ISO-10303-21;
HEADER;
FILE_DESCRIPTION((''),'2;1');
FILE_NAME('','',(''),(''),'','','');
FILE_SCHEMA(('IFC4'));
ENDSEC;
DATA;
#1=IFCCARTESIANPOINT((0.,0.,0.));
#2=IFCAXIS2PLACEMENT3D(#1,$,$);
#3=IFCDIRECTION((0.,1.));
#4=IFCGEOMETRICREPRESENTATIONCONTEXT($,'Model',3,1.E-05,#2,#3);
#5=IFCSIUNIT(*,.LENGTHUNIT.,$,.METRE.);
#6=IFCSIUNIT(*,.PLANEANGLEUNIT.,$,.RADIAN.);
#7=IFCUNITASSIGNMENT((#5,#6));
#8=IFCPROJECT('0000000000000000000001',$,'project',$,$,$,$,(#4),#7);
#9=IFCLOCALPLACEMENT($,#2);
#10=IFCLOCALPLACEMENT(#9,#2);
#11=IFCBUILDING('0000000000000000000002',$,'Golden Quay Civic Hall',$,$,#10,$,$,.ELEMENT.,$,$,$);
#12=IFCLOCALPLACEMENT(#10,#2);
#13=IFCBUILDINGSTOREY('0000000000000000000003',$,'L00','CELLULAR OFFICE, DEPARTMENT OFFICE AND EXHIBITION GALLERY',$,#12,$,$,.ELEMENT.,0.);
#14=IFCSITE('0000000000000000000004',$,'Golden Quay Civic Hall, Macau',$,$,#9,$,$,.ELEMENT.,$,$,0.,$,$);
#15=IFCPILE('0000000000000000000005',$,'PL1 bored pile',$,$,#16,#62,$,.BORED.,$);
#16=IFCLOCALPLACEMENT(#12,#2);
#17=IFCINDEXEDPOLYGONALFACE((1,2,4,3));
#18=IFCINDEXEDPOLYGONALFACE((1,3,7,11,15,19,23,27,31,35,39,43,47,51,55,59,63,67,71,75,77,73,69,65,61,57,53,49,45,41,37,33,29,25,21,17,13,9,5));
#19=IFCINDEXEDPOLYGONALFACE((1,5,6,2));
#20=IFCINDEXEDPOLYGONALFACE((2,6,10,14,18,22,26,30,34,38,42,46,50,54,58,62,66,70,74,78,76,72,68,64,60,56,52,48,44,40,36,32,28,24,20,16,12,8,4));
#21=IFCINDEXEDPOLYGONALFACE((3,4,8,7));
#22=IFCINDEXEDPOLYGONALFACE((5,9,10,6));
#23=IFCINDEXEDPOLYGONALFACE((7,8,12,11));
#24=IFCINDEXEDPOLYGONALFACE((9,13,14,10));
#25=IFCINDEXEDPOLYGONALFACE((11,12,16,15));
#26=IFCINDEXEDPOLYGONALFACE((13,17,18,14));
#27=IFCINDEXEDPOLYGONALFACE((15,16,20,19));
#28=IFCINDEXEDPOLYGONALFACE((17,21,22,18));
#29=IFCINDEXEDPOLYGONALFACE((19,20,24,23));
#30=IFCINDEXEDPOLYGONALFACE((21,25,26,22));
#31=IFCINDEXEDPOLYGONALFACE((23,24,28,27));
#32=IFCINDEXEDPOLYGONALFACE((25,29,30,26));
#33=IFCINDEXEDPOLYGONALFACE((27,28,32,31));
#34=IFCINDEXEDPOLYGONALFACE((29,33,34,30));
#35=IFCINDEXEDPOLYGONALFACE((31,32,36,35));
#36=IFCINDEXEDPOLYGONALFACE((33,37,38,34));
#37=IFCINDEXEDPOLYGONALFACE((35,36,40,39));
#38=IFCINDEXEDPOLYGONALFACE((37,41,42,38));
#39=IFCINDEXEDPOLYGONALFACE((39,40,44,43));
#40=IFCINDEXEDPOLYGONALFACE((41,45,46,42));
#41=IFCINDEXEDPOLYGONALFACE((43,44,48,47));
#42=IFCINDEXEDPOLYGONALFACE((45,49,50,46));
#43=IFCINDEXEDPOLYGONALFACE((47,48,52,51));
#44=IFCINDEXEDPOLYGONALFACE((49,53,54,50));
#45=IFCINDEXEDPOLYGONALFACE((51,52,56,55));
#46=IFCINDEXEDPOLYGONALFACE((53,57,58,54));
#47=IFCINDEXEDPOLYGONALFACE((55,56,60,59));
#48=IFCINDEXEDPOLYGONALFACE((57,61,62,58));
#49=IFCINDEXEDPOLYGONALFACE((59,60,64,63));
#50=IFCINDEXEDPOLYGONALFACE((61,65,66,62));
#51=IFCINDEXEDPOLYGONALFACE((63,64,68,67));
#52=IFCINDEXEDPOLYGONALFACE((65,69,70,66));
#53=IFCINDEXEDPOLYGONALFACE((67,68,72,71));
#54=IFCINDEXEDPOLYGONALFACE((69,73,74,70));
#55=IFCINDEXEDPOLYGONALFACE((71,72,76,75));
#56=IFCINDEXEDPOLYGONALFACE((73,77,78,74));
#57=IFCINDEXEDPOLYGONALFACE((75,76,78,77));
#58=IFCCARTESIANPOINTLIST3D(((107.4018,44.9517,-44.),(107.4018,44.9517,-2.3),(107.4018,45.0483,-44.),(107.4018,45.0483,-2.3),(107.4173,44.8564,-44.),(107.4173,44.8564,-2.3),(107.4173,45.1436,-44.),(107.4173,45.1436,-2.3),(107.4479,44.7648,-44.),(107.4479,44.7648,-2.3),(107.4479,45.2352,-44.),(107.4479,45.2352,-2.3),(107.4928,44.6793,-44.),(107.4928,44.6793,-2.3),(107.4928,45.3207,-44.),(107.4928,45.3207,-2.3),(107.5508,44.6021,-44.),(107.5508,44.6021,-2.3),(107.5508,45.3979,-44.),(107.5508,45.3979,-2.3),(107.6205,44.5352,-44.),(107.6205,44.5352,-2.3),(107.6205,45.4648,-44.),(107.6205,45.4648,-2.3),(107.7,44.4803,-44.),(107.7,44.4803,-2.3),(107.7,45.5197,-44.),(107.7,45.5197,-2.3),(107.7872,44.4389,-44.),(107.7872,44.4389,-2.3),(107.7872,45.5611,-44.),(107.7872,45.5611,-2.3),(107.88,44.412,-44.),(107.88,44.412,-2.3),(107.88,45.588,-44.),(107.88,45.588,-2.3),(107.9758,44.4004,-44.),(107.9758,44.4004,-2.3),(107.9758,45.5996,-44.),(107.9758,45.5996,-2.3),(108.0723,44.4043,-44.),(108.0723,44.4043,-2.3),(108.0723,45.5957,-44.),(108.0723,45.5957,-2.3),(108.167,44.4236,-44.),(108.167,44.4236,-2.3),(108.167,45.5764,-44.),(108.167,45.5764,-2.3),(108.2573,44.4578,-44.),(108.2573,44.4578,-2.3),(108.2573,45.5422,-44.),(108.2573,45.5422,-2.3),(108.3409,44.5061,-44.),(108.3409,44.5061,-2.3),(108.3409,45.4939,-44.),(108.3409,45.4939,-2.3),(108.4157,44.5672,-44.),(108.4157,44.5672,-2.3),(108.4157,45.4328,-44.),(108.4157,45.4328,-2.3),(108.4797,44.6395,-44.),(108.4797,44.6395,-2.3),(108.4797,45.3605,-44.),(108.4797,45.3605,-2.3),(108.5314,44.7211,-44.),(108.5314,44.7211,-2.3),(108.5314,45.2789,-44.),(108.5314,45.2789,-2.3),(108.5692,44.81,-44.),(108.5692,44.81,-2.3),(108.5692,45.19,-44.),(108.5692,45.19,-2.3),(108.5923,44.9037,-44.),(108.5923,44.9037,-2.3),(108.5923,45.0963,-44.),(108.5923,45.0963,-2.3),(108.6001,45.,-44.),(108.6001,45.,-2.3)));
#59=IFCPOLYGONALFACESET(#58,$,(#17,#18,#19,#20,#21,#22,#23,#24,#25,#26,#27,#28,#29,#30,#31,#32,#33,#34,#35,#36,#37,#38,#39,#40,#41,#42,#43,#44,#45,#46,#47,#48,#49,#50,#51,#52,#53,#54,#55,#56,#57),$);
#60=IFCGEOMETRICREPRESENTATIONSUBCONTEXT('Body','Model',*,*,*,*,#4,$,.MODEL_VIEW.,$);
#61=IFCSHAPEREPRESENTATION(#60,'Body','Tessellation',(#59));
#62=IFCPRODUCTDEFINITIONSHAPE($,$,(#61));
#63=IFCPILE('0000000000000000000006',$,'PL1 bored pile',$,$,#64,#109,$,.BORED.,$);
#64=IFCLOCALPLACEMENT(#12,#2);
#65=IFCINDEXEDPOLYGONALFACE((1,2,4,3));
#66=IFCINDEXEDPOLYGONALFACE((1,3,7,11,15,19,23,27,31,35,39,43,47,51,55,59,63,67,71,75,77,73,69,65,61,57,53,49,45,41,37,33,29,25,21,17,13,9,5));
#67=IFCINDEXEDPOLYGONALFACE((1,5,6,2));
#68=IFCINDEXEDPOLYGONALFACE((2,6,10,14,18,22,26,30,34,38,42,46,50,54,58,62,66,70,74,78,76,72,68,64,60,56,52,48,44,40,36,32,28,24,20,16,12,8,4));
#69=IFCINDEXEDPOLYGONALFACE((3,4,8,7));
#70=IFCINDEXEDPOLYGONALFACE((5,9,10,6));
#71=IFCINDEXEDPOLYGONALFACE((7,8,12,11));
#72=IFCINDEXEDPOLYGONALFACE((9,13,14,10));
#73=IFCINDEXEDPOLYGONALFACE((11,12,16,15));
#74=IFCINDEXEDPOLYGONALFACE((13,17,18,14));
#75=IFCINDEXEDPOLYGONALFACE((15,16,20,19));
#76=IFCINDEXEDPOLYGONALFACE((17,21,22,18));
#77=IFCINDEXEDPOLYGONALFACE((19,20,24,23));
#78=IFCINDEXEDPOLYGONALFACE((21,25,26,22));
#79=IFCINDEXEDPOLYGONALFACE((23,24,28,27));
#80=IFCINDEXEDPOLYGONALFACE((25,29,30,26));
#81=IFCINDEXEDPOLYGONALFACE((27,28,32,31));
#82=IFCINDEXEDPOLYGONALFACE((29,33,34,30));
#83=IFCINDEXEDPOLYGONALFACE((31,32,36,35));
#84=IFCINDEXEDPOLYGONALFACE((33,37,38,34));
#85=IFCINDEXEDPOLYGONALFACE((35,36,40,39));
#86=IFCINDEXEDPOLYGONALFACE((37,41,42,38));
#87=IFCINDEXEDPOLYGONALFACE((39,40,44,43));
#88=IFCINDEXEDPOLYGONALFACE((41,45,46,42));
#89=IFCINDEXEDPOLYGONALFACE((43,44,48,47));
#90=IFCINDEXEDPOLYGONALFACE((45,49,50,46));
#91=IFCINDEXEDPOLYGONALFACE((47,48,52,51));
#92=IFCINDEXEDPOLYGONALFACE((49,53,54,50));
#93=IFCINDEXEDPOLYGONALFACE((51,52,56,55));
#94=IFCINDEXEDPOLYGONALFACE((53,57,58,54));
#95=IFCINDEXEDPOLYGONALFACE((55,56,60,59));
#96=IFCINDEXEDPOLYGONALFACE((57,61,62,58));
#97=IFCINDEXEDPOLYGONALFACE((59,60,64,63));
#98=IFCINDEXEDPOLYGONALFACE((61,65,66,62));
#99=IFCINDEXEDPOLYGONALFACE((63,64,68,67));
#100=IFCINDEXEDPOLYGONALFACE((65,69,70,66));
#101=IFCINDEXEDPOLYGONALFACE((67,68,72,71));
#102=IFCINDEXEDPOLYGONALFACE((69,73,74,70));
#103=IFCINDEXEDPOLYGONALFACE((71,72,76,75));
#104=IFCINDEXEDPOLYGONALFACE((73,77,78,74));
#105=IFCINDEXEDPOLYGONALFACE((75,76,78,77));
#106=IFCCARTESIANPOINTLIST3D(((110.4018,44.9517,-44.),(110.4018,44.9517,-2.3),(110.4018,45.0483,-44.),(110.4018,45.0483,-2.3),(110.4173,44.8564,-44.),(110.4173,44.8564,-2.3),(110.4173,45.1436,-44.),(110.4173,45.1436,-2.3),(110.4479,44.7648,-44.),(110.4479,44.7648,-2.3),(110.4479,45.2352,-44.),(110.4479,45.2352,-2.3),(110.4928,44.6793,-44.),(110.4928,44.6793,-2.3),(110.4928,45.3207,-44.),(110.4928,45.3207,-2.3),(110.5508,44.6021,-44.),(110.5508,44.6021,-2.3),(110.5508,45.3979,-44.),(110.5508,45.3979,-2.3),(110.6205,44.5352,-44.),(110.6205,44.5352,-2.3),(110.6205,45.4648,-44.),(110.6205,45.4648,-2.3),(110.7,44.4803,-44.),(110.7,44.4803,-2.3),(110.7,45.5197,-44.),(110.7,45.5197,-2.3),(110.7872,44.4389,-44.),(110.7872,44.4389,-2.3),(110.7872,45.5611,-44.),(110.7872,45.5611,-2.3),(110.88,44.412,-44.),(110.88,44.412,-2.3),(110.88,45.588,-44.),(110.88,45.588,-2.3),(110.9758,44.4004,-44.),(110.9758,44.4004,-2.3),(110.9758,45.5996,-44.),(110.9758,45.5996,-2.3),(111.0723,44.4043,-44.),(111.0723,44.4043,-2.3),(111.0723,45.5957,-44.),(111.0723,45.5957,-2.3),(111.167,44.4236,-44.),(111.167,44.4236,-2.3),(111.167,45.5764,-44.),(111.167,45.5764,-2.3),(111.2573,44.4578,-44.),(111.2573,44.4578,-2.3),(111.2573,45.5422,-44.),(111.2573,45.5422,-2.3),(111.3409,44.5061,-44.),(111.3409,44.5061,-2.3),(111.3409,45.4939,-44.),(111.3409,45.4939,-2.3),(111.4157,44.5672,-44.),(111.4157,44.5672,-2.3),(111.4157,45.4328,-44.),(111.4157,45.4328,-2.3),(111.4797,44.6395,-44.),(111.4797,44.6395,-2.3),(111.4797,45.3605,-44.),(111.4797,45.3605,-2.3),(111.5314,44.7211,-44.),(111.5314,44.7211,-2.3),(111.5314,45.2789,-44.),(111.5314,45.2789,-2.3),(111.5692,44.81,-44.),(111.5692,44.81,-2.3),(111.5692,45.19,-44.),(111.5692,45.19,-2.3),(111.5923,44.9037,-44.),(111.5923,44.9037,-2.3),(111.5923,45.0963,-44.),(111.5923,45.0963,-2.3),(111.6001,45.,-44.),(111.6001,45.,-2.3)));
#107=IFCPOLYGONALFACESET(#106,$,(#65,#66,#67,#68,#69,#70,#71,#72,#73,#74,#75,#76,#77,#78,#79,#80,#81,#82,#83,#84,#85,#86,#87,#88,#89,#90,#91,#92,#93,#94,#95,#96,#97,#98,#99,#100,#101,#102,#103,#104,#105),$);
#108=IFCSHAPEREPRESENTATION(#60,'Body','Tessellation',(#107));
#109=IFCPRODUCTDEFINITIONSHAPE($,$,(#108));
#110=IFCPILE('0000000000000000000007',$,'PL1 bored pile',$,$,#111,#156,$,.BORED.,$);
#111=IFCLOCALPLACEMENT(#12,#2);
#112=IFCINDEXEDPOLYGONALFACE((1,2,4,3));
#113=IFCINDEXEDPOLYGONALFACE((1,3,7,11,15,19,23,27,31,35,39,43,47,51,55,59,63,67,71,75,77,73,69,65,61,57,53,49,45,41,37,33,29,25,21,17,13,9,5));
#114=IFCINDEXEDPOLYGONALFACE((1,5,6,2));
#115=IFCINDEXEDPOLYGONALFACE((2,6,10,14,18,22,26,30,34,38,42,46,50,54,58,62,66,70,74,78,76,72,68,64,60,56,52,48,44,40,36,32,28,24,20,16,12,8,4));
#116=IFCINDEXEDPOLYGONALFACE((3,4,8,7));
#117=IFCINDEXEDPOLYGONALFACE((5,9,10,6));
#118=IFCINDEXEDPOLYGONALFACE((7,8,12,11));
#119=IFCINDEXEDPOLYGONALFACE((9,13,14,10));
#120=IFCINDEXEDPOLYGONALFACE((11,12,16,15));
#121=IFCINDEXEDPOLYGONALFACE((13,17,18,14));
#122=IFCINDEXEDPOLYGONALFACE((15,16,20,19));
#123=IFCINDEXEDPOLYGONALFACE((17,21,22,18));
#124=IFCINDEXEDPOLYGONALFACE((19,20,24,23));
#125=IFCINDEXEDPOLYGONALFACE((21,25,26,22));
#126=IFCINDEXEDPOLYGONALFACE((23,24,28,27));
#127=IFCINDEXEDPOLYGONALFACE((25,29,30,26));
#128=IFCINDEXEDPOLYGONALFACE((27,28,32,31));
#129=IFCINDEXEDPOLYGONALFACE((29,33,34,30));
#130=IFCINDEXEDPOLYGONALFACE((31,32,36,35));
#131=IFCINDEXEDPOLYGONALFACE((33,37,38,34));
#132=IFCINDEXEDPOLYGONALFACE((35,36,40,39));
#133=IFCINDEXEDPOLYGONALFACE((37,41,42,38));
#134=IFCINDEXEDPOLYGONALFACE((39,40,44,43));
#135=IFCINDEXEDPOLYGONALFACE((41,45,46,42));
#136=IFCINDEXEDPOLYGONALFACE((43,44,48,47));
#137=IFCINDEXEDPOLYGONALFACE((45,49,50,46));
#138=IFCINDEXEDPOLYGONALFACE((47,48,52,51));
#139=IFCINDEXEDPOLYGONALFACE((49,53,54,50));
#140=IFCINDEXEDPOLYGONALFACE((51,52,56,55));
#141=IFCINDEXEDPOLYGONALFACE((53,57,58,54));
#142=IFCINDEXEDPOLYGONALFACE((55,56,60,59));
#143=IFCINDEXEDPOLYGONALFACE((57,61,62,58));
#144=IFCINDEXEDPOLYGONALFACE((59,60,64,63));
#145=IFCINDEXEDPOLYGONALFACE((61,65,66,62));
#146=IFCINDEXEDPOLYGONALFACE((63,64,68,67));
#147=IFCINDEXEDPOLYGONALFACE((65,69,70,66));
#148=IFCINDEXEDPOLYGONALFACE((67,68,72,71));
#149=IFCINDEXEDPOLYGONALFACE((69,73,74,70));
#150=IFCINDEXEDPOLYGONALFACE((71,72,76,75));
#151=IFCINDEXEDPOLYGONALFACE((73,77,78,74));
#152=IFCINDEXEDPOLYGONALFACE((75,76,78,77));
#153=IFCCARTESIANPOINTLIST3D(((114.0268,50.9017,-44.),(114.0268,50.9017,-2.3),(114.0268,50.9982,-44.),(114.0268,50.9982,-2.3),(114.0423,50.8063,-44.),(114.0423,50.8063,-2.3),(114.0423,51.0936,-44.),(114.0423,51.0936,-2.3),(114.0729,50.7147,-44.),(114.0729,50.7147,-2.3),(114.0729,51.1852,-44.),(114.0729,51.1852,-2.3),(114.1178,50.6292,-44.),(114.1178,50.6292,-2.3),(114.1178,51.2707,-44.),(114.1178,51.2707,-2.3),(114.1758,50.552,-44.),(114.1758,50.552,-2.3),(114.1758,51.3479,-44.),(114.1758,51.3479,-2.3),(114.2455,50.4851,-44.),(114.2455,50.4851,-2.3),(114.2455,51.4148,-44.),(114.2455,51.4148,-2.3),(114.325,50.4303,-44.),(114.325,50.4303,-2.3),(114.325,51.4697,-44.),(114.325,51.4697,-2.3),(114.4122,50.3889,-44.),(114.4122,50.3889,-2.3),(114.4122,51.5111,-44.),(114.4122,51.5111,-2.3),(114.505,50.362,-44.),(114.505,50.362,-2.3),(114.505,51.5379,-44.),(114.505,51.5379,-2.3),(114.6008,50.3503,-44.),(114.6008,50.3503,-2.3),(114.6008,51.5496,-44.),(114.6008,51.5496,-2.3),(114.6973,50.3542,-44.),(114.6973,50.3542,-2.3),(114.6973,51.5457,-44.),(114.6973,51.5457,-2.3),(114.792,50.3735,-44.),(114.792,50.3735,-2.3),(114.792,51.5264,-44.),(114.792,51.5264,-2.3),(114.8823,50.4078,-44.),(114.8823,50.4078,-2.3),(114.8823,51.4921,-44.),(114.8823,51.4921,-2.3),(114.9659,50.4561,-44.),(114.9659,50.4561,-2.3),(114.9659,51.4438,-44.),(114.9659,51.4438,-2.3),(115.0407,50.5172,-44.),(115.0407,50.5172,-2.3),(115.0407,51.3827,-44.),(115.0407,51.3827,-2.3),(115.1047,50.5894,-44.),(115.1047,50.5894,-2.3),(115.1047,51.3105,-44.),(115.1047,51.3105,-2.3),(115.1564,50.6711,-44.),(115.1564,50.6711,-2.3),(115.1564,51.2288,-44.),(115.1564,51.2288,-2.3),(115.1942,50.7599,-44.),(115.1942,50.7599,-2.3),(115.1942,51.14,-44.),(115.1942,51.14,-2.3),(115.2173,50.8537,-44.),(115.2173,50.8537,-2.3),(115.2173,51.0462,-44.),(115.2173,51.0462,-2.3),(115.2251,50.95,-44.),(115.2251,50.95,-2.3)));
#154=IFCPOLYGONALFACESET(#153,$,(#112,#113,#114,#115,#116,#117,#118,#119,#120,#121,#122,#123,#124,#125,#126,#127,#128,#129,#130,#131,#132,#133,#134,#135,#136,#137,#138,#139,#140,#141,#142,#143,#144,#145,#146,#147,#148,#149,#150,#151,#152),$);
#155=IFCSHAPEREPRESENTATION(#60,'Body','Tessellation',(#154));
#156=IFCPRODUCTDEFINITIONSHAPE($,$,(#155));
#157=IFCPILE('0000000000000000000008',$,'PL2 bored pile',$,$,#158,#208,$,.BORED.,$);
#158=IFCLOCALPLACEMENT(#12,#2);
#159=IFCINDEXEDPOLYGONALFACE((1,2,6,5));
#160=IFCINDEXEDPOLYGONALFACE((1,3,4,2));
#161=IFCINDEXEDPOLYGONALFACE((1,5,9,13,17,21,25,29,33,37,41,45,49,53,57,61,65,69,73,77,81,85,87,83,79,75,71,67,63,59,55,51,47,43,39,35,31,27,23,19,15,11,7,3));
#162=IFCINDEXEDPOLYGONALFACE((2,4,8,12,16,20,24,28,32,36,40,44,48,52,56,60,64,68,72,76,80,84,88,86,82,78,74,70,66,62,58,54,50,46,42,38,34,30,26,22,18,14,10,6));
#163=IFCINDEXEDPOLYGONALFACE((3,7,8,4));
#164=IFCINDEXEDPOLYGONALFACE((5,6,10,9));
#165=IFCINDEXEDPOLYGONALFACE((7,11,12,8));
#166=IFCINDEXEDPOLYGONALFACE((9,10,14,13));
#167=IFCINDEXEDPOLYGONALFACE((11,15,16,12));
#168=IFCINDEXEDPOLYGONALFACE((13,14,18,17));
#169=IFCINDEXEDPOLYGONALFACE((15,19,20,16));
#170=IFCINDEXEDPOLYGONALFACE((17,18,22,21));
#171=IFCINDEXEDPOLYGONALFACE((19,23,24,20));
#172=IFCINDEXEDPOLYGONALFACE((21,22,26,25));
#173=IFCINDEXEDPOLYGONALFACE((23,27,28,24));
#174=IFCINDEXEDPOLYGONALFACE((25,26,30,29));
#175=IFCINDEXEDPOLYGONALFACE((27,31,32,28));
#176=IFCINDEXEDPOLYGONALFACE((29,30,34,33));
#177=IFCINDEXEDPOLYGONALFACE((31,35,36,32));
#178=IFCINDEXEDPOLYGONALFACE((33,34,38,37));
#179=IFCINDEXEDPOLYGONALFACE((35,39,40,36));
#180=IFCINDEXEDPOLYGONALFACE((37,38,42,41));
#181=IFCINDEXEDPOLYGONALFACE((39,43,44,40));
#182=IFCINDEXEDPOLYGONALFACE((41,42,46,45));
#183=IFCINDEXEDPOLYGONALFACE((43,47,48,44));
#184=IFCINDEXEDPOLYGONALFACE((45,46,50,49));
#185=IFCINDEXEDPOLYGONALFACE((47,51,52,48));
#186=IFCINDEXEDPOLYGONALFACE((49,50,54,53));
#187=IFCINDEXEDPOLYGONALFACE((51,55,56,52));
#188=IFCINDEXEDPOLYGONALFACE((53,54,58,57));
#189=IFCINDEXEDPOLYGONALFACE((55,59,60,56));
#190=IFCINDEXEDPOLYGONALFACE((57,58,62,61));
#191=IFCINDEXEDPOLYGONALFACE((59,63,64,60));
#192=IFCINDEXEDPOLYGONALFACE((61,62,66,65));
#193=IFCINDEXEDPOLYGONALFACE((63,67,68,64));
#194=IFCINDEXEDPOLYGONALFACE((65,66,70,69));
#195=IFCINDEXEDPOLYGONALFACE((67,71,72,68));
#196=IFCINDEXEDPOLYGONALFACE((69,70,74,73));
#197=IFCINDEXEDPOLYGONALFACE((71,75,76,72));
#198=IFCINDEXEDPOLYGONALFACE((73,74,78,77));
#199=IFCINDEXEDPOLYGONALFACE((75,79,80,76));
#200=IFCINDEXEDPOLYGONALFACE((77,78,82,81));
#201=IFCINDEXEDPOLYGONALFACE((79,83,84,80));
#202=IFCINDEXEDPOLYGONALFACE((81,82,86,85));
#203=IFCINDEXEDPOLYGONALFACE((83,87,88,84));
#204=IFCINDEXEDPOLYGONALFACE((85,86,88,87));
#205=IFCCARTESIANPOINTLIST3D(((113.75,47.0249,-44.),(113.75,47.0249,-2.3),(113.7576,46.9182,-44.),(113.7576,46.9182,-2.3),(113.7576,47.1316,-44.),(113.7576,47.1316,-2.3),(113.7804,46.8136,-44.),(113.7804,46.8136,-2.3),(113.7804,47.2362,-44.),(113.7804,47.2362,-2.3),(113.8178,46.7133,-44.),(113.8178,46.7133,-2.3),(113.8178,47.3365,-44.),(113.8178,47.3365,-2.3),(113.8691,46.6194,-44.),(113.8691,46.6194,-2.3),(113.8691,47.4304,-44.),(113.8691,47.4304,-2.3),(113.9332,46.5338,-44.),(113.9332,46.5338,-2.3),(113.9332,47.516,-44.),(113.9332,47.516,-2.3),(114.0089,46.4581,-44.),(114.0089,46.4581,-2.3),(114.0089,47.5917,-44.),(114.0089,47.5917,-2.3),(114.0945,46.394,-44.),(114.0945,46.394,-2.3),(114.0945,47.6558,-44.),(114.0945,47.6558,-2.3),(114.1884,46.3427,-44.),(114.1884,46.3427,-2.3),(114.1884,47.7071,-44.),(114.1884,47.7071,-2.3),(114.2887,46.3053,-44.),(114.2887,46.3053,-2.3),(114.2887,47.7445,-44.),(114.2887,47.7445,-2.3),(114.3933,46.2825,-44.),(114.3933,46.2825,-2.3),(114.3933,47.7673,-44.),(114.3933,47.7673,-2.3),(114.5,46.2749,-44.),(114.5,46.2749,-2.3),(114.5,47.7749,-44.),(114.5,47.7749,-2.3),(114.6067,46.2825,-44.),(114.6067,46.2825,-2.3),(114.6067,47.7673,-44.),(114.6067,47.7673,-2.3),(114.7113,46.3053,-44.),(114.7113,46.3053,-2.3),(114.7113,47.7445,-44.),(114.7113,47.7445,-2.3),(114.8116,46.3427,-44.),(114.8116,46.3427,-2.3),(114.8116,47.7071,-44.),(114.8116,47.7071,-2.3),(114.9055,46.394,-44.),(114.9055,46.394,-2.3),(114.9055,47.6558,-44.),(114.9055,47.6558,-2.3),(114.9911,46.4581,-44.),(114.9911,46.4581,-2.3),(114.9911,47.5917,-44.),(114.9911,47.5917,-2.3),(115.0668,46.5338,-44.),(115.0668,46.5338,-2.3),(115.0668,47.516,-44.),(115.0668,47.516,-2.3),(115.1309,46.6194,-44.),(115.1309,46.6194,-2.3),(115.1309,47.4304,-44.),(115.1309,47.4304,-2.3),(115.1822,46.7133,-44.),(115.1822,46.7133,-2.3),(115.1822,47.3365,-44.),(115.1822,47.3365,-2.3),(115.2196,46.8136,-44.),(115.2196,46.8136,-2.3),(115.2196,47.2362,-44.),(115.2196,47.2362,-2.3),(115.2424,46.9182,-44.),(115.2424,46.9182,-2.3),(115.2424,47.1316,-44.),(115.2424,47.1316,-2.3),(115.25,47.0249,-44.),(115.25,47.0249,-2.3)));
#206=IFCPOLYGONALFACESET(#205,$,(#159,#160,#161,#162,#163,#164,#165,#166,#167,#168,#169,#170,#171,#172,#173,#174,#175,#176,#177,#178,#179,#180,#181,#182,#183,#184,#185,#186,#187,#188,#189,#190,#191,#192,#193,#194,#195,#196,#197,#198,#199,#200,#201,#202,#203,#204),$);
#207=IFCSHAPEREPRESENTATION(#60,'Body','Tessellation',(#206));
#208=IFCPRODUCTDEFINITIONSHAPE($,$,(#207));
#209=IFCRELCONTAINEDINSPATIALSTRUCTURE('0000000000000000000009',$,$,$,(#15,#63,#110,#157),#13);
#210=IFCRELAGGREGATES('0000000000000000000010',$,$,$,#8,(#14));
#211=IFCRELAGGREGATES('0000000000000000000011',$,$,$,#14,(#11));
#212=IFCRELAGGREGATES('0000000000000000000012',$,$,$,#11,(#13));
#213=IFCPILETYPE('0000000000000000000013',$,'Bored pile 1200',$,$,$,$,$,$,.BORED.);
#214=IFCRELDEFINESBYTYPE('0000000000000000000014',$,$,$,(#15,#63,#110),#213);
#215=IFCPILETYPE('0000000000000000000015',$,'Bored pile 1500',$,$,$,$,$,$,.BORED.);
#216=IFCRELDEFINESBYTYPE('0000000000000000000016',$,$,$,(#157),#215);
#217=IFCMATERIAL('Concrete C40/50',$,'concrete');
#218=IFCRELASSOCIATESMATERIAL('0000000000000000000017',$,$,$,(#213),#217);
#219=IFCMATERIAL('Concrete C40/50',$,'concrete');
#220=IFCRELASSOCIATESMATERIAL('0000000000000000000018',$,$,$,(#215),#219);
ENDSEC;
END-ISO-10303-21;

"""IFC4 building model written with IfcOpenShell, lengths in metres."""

from ifc_helpers import new_model, si_unit, direction, frame, origin, origin_2d, place, context, subcontext, project, spatial, circle, extrude, material, material_profile, profile_set, type_object, element, save


model = new_model("IFC4")

# Units and contexts
model_context = context("Model", 3, precision=1e-05, world=origin(), true_north=direction((0.0, 1.0)))
body_context = subcontext(model_context, "Body", "Model", "MODEL_VIEW")
ifc_project = project(units=[si_unit("LENGTHUNIT", "METRE"), si_unit("PLANEANGLEUNIT", "RADIAN")], contexts=[model_context])

# Site, building, storey
site_placement = place(None, origin())
site = spatial("IfcSite", under=ifc_project, at=site_placement, Name="Golden Quay Civic Hall, Macau", CompositionType="ELEMENT", RefElevation=0.0)
building_placement = place(site_placement, origin())
building = spatial("IfcBuilding", under=site, at=building_placement, Name="Golden Quay Civic Hall", CompositionType="ELEMENT")
storey_placement = place(building_placement, origin())
storey = spatial("IfcBuildingStorey", under=building, at=storey_placement, Name="L00", Description="CELLULAR OFFICE, DEPARTMENT OFFICE AND EXHIBITION GALLERY", CompositionType="ELEMENT", Elevation=0.0)

# Piles
ifc_material_1 = material(Name="Concrete C40/50", Category="concrete")
ifc_material_profile_1 = material_profile(ifc_material_1, circle(Radius=0.6001, at=origin_2d()), Name="RC D1200")
ifc_profile_set_1 = profile_set([ifc_material_profile_1], Name="Concrete C40/50")
pile_type_1 = type_object("IfcPileType", Name="Bored pile 1200", PredefinedType="BORED", material=ifc_profile_set_1)
for number, where, z_axis, x_axis, name in (
    (1, (108.0, 45.0, -2.3), (0.0, 0.0, -1.0), (1.0, 0.0, 0.0), "PL1 bored pile"),
    (2, (111.0, 45.0, -2.3), (0.0, 0.0, -1.0), (1.0, 0.0, 0.0), "PL1 bored pile"),
    (3, (114.625, 50.95, -2.3), (0.0, 0.0, -1.0), (1.0, 0.0, 0.0), "PL1 bored pile"),
):
    element("IfcPile", number, at=place(storey_placement, frame(where, z_axis=z_axis, x_axis=x_axis)), inside=storey, type_object=pile_type_1, Name=name, PredefinedType="BORED", context=body_context, shape_type="SweptSolid", body=[
        extrude(circle(Radius=0.6001, at=origin_2d()), origin(), (0.0, 0.0, 1.0), 41.7),
    ])
ifc_material_2 = material(Name="Concrete C40/50", Category="concrete")
ifc_material_profile_2 = material_profile(ifc_material_2, circle(Radius=0.75, at=origin_2d()), Name="RC D1500")
ifc_profile_set_2 = profile_set([ifc_material_profile_2], Name="Concrete C40/50")
pile_type_2 = type_object("IfcPileType", Name="Bored pile 1500", PredefinedType="BORED", material=ifc_profile_set_2)
pile_placement = place(storey_placement, frame((114.5, 47.0249, -2.3), z_axis=(0.0, 0.0, -1.0), x_axis=(1.0, 0.0, 0.0)))
element("IfcPile", 4, at=pile_placement, inside=storey, type_object=pile_type_2, Name="PL2 bored pile", PredefinedType="BORED", context=body_context, shape_type="SweptSolid", body=[
    extrude(circle(Radius=0.75, at=origin_2d()), origin(), (0.0, 0.0, 1.0), 41.7),
])

save(model, "model.ifc")
